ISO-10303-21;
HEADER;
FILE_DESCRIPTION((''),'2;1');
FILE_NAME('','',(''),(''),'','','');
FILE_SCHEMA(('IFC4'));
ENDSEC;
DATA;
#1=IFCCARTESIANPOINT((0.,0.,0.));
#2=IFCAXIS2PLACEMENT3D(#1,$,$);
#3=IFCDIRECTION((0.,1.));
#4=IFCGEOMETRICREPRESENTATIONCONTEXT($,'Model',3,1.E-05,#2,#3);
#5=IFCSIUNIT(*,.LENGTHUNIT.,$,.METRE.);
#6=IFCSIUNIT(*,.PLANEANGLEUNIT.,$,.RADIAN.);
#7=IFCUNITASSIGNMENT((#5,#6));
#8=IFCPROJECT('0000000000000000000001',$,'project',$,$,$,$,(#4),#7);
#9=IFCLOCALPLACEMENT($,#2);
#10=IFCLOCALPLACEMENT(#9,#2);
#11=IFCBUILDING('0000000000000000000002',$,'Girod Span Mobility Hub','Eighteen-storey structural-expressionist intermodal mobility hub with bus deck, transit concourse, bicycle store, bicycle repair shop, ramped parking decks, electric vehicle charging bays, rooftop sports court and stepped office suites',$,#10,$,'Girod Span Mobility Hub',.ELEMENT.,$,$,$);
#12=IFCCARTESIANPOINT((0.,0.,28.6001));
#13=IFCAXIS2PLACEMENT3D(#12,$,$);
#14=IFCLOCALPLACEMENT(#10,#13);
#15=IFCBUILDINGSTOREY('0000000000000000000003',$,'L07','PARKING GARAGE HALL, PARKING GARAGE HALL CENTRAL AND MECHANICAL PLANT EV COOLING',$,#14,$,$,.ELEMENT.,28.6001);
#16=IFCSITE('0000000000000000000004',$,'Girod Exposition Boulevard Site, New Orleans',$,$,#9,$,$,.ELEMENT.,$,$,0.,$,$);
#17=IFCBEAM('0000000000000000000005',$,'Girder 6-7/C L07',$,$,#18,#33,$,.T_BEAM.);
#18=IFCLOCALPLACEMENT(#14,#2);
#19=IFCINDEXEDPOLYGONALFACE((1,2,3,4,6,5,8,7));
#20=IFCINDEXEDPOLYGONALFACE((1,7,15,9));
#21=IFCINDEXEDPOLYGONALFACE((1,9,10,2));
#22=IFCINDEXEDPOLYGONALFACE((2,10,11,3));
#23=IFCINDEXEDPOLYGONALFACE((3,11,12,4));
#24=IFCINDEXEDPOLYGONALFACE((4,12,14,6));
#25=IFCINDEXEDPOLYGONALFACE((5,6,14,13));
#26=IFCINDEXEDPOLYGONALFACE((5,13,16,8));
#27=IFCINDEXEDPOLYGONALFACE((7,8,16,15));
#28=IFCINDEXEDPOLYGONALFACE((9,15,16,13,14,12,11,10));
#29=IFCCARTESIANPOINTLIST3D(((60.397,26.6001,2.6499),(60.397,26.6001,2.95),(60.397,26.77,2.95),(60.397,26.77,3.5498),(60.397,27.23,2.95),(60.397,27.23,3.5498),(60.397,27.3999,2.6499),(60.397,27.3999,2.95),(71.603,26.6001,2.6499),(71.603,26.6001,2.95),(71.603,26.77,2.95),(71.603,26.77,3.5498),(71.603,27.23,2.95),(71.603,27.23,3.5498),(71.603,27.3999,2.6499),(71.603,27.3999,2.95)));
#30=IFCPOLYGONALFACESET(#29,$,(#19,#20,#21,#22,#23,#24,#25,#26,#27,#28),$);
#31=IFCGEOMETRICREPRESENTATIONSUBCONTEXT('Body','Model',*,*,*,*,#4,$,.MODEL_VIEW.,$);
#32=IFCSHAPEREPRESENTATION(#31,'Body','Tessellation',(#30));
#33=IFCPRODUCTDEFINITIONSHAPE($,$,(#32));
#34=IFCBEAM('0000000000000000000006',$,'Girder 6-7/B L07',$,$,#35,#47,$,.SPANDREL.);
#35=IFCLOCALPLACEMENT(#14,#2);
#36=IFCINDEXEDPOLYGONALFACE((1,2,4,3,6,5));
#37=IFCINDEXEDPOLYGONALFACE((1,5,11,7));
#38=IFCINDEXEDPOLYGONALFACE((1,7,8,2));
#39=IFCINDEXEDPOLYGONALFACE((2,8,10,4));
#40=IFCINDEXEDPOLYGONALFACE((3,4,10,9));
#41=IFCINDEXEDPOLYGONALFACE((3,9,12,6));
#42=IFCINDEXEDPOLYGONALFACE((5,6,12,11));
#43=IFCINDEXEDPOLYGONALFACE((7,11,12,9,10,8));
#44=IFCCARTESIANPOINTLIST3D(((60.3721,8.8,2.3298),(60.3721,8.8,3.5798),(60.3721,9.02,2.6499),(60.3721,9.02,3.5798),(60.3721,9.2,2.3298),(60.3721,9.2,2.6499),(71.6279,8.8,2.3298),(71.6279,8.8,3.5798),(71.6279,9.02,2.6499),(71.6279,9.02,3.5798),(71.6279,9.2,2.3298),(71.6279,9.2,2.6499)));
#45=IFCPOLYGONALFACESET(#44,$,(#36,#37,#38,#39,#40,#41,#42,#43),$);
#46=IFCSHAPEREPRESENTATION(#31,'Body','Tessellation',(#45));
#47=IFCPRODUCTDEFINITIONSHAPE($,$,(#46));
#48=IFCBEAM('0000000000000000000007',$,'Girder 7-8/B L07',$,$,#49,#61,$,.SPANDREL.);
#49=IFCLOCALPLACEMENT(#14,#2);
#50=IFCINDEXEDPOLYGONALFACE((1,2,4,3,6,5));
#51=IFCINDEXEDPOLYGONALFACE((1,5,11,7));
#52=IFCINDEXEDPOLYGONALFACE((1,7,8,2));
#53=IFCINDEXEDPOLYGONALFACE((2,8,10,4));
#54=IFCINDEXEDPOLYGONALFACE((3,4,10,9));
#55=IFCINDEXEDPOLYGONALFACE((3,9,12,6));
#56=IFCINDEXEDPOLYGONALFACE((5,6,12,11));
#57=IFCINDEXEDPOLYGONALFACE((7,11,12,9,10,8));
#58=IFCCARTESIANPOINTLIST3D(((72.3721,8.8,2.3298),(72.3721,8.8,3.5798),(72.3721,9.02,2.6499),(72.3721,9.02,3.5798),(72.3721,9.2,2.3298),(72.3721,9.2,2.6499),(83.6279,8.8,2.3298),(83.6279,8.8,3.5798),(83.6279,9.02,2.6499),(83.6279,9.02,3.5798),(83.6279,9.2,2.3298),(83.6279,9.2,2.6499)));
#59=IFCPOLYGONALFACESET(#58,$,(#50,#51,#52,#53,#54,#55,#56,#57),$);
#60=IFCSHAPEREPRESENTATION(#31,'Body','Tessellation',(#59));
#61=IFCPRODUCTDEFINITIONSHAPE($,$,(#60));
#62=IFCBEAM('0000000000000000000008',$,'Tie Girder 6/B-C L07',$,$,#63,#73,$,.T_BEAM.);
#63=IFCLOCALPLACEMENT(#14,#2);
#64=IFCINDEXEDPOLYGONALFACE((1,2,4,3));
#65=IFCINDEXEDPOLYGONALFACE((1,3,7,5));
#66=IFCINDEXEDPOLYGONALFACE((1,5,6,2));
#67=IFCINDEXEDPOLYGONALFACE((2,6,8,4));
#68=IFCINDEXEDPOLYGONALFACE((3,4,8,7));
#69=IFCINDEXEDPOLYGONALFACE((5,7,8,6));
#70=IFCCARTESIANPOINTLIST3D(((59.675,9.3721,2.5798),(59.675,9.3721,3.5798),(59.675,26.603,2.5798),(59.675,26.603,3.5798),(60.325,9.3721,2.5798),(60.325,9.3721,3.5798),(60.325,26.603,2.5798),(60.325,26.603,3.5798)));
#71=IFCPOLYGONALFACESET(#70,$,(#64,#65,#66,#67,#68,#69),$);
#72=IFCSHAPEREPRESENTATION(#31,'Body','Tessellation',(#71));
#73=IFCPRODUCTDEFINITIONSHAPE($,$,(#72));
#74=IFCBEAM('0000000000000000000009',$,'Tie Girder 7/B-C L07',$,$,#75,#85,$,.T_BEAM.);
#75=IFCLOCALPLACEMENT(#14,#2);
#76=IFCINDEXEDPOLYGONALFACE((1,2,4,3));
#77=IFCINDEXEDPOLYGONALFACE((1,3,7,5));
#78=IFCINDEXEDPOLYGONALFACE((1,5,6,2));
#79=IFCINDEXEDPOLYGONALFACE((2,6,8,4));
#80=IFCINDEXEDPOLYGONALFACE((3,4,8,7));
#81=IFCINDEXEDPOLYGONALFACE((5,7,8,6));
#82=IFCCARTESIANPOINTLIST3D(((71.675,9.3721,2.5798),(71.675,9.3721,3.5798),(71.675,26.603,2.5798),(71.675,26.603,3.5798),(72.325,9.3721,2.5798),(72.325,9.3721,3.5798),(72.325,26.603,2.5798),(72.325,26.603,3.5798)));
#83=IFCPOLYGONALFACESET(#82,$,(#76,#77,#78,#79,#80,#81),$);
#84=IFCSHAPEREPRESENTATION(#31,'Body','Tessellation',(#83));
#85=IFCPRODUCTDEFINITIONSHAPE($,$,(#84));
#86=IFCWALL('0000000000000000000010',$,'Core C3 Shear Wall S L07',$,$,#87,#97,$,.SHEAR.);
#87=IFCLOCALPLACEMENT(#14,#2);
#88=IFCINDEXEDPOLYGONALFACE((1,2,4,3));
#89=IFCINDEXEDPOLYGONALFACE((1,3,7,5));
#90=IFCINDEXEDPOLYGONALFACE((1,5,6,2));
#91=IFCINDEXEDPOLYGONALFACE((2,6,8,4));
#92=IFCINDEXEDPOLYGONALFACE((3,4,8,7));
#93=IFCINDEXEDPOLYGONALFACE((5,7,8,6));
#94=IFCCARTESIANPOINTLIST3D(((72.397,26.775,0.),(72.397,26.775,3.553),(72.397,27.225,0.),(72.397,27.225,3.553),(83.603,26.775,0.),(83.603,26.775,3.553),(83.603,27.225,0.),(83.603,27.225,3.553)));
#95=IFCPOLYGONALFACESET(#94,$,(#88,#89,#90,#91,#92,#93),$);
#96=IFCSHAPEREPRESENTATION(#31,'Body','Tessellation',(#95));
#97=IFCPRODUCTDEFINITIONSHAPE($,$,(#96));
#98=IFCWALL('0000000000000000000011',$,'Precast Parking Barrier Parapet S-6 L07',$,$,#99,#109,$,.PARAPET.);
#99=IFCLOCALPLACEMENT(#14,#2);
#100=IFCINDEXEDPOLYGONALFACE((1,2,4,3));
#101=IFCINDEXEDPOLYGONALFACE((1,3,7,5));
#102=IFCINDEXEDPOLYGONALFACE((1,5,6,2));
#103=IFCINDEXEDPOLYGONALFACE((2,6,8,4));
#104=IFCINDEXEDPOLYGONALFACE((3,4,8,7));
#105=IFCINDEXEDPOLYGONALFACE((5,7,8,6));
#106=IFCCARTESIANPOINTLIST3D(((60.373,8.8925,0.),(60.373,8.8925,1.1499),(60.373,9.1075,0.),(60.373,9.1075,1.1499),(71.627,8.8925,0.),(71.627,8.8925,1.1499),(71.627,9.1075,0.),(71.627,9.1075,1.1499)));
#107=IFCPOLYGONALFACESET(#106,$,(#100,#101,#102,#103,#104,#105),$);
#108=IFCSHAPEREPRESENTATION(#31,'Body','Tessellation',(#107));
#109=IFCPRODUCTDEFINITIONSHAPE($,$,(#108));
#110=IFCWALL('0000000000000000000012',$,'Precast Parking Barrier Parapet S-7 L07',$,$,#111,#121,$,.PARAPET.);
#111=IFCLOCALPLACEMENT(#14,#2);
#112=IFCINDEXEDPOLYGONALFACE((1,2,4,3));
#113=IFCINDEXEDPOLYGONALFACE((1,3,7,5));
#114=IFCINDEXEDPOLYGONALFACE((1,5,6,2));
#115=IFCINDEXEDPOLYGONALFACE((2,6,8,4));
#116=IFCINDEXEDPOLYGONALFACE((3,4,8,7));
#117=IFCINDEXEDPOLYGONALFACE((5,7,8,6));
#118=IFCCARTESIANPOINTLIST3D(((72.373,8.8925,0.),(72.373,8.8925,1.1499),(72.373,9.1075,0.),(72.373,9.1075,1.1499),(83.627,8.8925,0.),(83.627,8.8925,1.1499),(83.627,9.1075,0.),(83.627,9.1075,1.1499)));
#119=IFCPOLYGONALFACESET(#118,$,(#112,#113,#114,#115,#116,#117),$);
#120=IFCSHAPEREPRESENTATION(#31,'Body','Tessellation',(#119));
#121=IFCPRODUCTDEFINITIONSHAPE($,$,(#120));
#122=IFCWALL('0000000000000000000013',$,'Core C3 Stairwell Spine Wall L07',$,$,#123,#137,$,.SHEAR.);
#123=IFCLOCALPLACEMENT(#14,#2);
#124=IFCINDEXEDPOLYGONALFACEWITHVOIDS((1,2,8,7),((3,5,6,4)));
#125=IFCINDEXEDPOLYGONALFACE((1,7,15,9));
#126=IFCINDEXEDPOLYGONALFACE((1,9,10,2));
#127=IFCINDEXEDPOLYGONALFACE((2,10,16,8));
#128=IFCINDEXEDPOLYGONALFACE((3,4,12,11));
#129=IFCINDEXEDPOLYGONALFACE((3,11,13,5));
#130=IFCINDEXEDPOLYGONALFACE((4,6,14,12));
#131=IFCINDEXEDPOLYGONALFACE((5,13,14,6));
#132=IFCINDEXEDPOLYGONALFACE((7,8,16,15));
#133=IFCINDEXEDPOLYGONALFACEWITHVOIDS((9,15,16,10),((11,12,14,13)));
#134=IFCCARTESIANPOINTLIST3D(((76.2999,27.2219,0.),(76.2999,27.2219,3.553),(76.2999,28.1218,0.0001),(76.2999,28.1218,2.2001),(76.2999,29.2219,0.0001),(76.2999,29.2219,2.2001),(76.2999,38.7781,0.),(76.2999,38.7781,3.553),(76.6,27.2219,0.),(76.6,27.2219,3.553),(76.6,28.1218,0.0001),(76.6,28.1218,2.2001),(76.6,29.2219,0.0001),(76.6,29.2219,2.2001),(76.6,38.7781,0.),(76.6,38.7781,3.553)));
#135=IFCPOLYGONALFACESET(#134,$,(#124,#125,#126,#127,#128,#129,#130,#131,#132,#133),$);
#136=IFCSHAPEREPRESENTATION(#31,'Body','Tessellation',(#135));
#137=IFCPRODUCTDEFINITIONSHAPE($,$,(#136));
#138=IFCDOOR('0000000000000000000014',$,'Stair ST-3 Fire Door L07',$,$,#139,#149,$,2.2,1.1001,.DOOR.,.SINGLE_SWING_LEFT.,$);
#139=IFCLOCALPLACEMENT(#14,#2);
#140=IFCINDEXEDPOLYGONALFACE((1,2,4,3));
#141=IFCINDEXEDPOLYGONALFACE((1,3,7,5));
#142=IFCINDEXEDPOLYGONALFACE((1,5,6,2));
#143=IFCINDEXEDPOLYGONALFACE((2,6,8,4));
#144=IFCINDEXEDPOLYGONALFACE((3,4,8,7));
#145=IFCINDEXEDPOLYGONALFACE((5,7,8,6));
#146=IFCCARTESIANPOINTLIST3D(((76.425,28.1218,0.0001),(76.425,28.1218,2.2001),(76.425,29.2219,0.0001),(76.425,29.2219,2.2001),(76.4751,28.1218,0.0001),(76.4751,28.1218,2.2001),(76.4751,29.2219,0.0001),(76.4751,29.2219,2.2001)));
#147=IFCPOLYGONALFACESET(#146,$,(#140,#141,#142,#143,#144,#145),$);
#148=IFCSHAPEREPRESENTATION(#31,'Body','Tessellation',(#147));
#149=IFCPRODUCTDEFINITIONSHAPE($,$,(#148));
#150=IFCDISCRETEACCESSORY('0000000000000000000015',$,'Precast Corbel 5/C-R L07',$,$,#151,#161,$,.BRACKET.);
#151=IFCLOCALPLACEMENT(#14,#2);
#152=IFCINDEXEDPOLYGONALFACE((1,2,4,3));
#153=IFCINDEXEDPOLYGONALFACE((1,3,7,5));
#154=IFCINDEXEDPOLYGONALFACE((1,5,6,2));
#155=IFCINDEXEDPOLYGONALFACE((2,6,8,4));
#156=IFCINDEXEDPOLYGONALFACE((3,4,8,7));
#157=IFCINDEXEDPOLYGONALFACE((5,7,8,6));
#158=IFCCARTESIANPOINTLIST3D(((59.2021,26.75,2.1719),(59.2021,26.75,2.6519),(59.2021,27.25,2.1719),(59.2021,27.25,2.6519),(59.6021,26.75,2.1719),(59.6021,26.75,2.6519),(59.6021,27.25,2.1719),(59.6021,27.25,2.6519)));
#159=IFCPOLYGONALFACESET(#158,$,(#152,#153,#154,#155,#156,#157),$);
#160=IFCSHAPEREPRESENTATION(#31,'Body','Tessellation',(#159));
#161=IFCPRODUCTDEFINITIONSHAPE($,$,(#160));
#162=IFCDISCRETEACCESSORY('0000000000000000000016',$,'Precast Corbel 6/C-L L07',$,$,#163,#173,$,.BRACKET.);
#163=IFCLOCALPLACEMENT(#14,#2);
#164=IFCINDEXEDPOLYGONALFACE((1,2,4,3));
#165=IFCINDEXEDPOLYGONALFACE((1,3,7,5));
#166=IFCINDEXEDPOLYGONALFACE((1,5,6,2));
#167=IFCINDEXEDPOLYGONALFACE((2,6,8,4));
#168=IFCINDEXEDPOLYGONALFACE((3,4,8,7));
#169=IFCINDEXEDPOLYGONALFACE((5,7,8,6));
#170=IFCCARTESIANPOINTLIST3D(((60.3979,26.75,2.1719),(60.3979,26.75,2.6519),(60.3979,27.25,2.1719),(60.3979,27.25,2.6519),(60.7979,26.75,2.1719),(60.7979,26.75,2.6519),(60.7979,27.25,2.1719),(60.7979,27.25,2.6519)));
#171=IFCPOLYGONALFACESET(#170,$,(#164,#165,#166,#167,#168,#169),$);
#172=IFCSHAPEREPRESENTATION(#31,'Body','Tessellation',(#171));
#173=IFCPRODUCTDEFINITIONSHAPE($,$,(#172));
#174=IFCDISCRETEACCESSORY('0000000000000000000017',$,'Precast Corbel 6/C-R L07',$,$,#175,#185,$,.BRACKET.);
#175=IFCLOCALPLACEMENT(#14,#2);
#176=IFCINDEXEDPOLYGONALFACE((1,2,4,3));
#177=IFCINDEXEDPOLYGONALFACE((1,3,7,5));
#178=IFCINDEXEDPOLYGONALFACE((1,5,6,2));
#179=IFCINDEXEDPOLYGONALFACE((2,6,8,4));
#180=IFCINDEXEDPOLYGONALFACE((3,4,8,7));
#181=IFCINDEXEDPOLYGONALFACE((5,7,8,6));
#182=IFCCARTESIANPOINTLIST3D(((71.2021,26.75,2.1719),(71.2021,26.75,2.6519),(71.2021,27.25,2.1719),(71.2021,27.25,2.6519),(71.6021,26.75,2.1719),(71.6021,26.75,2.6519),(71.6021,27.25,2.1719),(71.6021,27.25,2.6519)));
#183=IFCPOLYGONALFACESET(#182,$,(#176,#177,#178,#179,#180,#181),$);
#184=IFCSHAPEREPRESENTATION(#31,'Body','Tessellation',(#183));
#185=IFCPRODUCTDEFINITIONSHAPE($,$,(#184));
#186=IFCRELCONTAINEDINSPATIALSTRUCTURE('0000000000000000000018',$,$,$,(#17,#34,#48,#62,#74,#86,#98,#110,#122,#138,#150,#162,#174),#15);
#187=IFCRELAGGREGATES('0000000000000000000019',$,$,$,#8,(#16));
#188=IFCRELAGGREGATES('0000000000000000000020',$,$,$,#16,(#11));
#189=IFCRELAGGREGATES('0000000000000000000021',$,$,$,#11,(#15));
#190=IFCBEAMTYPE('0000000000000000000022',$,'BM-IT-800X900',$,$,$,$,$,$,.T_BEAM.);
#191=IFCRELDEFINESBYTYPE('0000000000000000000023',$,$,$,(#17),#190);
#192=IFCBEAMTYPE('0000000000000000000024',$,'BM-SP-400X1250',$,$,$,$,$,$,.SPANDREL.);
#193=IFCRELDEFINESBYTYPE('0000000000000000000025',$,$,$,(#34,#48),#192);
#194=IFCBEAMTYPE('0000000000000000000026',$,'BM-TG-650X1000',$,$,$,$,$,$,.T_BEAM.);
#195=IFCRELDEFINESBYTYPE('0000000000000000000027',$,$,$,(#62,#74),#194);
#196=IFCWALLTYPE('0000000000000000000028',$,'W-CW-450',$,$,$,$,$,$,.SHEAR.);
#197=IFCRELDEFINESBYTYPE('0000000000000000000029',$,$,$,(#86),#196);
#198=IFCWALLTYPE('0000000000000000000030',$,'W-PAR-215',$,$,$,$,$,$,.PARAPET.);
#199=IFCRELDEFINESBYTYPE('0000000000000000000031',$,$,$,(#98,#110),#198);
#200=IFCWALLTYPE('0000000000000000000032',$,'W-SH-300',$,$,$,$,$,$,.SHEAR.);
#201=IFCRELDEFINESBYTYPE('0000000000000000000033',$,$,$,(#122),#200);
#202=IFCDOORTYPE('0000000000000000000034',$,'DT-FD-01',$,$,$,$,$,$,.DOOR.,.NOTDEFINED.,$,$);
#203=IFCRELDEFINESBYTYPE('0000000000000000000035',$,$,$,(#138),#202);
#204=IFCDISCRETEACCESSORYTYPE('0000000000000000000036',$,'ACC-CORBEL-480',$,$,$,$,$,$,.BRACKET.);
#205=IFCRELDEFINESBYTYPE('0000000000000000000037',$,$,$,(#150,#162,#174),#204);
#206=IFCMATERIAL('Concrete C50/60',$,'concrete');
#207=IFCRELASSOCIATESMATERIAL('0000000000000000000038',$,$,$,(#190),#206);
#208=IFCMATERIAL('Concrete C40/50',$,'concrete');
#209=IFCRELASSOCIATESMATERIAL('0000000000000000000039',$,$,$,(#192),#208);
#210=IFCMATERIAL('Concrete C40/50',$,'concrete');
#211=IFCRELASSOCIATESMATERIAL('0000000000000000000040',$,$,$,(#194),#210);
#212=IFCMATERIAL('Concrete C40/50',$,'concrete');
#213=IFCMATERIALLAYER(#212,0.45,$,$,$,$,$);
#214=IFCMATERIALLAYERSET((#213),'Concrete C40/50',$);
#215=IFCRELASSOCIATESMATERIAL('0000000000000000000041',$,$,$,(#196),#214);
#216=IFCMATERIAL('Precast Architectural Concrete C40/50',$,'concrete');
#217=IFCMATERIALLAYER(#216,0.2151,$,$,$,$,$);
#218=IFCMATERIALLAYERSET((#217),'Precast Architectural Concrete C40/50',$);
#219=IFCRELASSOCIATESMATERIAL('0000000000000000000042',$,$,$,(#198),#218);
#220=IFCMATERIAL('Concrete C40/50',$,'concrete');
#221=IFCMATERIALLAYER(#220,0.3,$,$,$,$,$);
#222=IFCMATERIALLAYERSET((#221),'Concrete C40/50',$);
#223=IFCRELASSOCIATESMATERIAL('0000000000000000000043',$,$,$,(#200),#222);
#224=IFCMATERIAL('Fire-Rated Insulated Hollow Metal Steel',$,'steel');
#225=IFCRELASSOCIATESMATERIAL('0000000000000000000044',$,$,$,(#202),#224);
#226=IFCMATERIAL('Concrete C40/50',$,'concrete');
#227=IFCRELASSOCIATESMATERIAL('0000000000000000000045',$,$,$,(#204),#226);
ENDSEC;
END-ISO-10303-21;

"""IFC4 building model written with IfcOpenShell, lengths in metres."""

from ifc_helpers import new_model, si_unit, direction, frame, frame_2d, origin, origin_2d, place, context, subcontext, project, spatial, polyline, rectangle, outline, extrude, material, layer, layer_set, material_profile, profile_set, type_object, element, fill, save


model = new_model("IFC4")

# Units and contexts
model_context = context("Model", 3, precision=1e-05, world=origin(), true_north=direction((0.0, 1.0)))
body_context = subcontext(model_context, "Body", "Model", "MODEL_VIEW")
ifc_project = project(units=[si_unit("LENGTHUNIT", "METRE"), si_unit("PLANEANGLEUNIT", "RADIAN")], contexts=[model_context])

# Site, building, storey
site_placement = place(None, origin())
site = spatial("IfcSite", under=ifc_project, at=site_placement, Name="Girod Exposition Boulevard Site, New Orleans", CompositionType="ELEMENT", RefElevation=0.0)
building_placement = place(site_placement, origin())
building = spatial("IfcBuilding", under=site, at=building_placement, Name="Girod Span Mobility Hub", Description="Eighteen-storey structural-expressionist intermodal mobility hub with bus deck, transit concourse, bicycle store, bicycle repair shop, ramped parking decks, electric vehicle charging bays, rooftop sports court and stepped office suites", LongName="Girod Span Mobility Hub", CompositionType="ELEMENT")
storey_placement = place(building_placement, frame((0.0, 0.0, 28.6001)))
storey = spatial("IfcBuildingStorey", under=building, at=storey_placement, Name="L07", Description="PARKING GARAGE HALL, PARKING GARAGE HALL CENTRAL AND MECHANICAL PLANT EV COOLING", CompositionType="ELEMENT", Elevation=28.6001)

# Beams
ifc_material_1 = material(Name="Concrete C50/60", Category="concrete")
ifc_material_profile_1 = material_profile(ifc_material_1, outline(polyline([(-0.3999, -0.45), (0.3999, -0.45), (0.3999, -0.1499), (0.23, -0.1499), (0.23, 0.45), (-0.23, 0.45), (-0.23, -0.1499), (-0.3999, -0.1499), (-0.3999, -0.45)])), Name="IT-800X900")
ifc_profile_set_1 = profile_set([ifc_material_profile_1], Name="Concrete C50/60")
beam_type_1 = type_object("IfcBeamType", Name="BM-IT-800X900", PredefinedType="T_BEAM", material=ifc_profile_set_1)
beam_1_placement = place(storey_placement, frame((60.397, 27.0, 3.0999), z_axis=(1.0, 0.0, 0.0), x_axis=(0.0, 1.0, 0.0)))
element("IfcBeam", 1, at=beam_1_placement, inside=storey, type_object=beam_type_1, Name="Girder 6-7/C L07", PredefinedType="T_BEAM", context=body_context, shape_type="SweptSolid", body=[
    extrude(outline(polyline([(-0.3999, -0.45), (0.3999, -0.45), (0.3999, -0.1499), (0.23, -0.1499), (0.23, 0.45), (-0.23, 0.45), (-0.23, -0.1499), (-0.3999, -0.1499), (-0.3999, -0.45)])), origin(), (0.0, 0.0, 1.0), 11.2061),
])
ifc_material_2 = material(Name="Concrete C40/50", Category="concrete")
ifc_material_profile_2 = material_profile(ifc_material_2, outline(polyline([(-0.2, -0.625), (0.2, -0.625), (0.2, -0.3049), (0.02, -0.3049), (0.02, 0.625), (-0.2, 0.625), (-0.2, -0.625)])), Name="SP-400X1250")
ifc_profile_set_2 = profile_set([ifc_material_profile_2], Name="Concrete C40/50")
beam_type_2 = type_object("IfcBeamType", Name="BM-SP-400X1250", PredefinedType="SPANDREL", material=ifc_profile_set_2)
for number, where, z_axis, x_axis, name in (
    (2, (60.3721, 9.0, 2.9548), (1.0, 0.0, 0.0), (0.0, 1.0, 0.0), "Girder 6-7/B L07"),
    (3, (72.3721, 9.0, 2.9548), (1.0, 0.0, 0.0), (0.0, 1.0, 0.0), "Girder 7-8/B L07"),
):
    element("IfcBeam", number, at=place(storey_placement, frame(where, z_axis=z_axis, x_axis=x_axis)), inside=storey, type_object=beam_type_2, Name=name, PredefinedType="SPANDREL", context=body_context, shape_type="SweptSolid", body=[
        extrude(outline(polyline([(-0.2, -0.625), (0.2, -0.625), (0.2, -0.3049), (0.02, -0.3049), (0.02, 0.625), (-0.2, 0.625), (-0.2, -0.625)])), origin(), (0.0, 0.0, 1.0), 11.2559),
    ])
ifc_material_3 = material(Name="Concrete C40/50", Category="concrete")
ifc_material_profile_3 = material_profile(ifc_material_3, rectangle(XDim=0.6499, YDim=1.0, at=origin_2d()), Name="TG-650X1000")
ifc_profile_set_3 = profile_set([ifc_material_profile_3], Name="Concrete C40/50")
beam_type_3 = type_object("IfcBeamType", Name="BM-TG-650X1000", PredefinedType="T_BEAM", material=ifc_profile_set_3)
for number, where, z_axis, x_axis, name in (
    (4, (60.0, 9.3721, 3.0798), (0.0, 1.0, 0.0), (-1.0, 0.0, 0.0), "Tie Girder 6/B-C L07"),
    (5, (72.0, 9.3721, 3.0798), (0.0, 1.0, 0.0), (-1.0, 0.0, 0.0), "Tie Girder 7/B-C L07"),
):
    element("IfcBeam", number, at=place(storey_placement, frame(where, z_axis=z_axis, x_axis=x_axis)), inside=storey, type_object=beam_type_3, Name=name, PredefinedType="T_BEAM", context=body_context, shape_type="SweptSolid", body=[
        extrude(rectangle(XDim=0.6499, YDim=1.0, at=origin_2d()), origin(), (0.0, 0.0, 1.0), 17.231),
    ])

# Walls
ifc_material_4 = material(Name="Concrete C40/50", Category="concrete")
ifc_layer_1 = layer(ifc_material_4, 0.45)
ifc_layer_set_1 = layer_set([ifc_layer_1], Name="Concrete C40/50")
wall_type_1 = type_object("IfcWallType", Name="W-CW-450", PredefinedType="SHEAR", material=ifc_layer_set_1)
wall_1_placement = place(storey_placement, frame((72.397, 27.0, 0.0), z_axis=(0.0, 0.0, 1.0), x_axis=(1.0, 0.0, 0.0)))
element("IfcWall", 6, at=wall_1_placement, inside=storey, type_object=wall_type_1, Name="Core C3 Shear Wall S L07", PredefinedType="SHEAR", context=body_context, shape_type="SweptSolid", body=[
    extrude(rectangle(XDim=11.2061, YDim=0.45, at=frame_2d((5.603, 0.0))), origin(), (0.0, 0.0, 1.0), 3.553),
])
ifc_material_5 = material(Name="Precast Architectural Concrete C40/50", Category="concrete")
ifc_layer_2 = layer(ifc_material_5, 0.2151)
ifc_layer_set_2 = layer_set([ifc_layer_2], Name="Precast Architectural Concrete C40/50")
wall_type_2 = type_object("IfcWallType", Name="W-PAR-215", PredefinedType="PARAPET", material=ifc_layer_set_2)
for number, where, z_axis, x_axis, name in (
    (7, (60.373, 9.0, 0.0), (0.0, 0.0, 1.0), (1.0, 0.0, 0.0), "Precast Parking Barrier Parapet S-6 L07"),
    (8, (72.373, 9.0, 0.0), (0.0, 0.0, 1.0), (1.0, 0.0, 0.0), "Precast Parking Barrier Parapet S-7 L07"),
):
    element("IfcWall", number, at=place(storey_placement, frame(where, z_axis=z_axis, x_axis=x_axis)), inside=storey, type_object=wall_type_2, Name=name, PredefinedType="PARAPET", context=body_context, shape_type="SweptSolid", body=[
        extrude(rectangle(XDim=11.2539, YDim=0.2151, at=frame_2d((5.627, 0.0))), origin(), (0.0, 0.0, 1.0), 1.1499),
    ])

# Wall, opening, door
ifc_material_6 = material(Name="Concrete C40/50", Category="concrete")
ifc_layer_3 = layer(ifc_material_6, 0.3)
ifc_layer_set_3 = layer_set([ifc_layer_3], Name="Concrete C40/50")
wall_type_3 = type_object("IfcWallType", Name="W-SH-300", PredefinedType="SHEAR", material=ifc_layer_set_3)
wall_2_placement = place(storey_placement, frame((76.45, 27.2219, 0.0), z_axis=(0.0, 0.0, 1.0), x_axis=(0.0, 1.0, 0.0)))
wall_2 = element("IfcWall", 9, at=wall_2_placement, inside=storey, type_object=wall_type_3, Name="Core C3 Stairwell Spine Wall L07", PredefinedType="SHEAR", context=body_context, shape_type="SweptSolid", body=[
    extrude(rectangle(XDim=11.5562, YDim=0.3, at=frame_2d((5.7781, 0.0))), origin(), (0.0, 0.0, 1.0), 3.553),
])
opening_placement = place(wall_2_placement, frame((0.8999, 0.0, 0.0)))
opening = element("IfcOpeningElement", 10, at=opening_placement, cuts=wall_2, PredefinedType="OPENING", context=body_context, shape_type="SweptSolid", body=[
    extrude(rectangle(XDim=1.1001, YDim=2.2, at=frame_2d((0.55, 1.1001))), frame((0.0, 0.165, 0.0), z_axis=(0.0, -1.0, 0.0), x_axis=(1.0, 0.0, 0.0)), (0.0, 0.0, 1.0), 0.3301),
])
ifc_material_7 = material(Name="Fire-Rated Insulated Hollow Metal Steel", Category="steel")
door_type = type_object("IfcDoorType", Name="DT-FD-01", OperationType="NOTDEFINED", PredefinedType="DOOR", material=ifc_material_7)
door_placement = place(opening_placement, origin())
door = element("IfcDoor", 11, at=door_placement, inside=storey, type_object=door_type, Name="Stair ST-3 Fire Door L07", OperationType="SINGLE_SWING_LEFT", OverallHeight=2.2, OverallWidth=1.1001, PredefinedType="DOOR", context=body_context, shape_type="SweptSolid", body=[
    extrude(rectangle(XDim=1.1001, YDim=2.2, at=frame_2d((0.55, 1.1001))), frame((0.0, 0.0249, 0.0), z_axis=(0.0, -1.0, 0.0), x_axis=(1.0, 0.0, 0.0)), (0.0, 0.0, 1.0), 0.05),
])
fill(opening, door)

# Discrete accessories
ifc_material_8 = material(Name="Concrete C40/50", Category="concrete")
discrete_accessory_type = type_object("IfcDiscreteAccessoryType", Name="ACC-CORBEL-480", PredefinedType="BRACKET", material=ifc_material_8)
for number, where, z_axis, x_axis, name in (
    (12, (59.4021, 27.0, 2.1719), (0.0, 0.0, 1.0), (1.0, 0.0, 0.0), "Precast Corbel 5/C-R L07"),
    (13, (60.5979, 27.0, 2.1719), (0.0, 0.0, 1.0), (1.0, 0.0, 0.0), "Precast Corbel 6/C-L L07"),
    (14, (71.4021, 27.0, 2.1719), (0.0, 0.0, 1.0), (1.0, 0.0, 0.0), "Precast Corbel 6/C-R L07"),
):
    element("IfcDiscreteAccessory", number, at=place(storey_placement, frame(where, z_axis=z_axis, x_axis=x_axis)), inside=storey, type_object=discrete_accessory_type, Name=name, PredefinedType="BRACKET", context=body_context, shape_type="SweptSolid", body=[
        extrude(rectangle(XDim=0.3999, YDim=0.5, at=origin_2d()), origin(), (0.0, 0.0, 1.0), 0.48),
    ])

save(model, "model.ifc")
